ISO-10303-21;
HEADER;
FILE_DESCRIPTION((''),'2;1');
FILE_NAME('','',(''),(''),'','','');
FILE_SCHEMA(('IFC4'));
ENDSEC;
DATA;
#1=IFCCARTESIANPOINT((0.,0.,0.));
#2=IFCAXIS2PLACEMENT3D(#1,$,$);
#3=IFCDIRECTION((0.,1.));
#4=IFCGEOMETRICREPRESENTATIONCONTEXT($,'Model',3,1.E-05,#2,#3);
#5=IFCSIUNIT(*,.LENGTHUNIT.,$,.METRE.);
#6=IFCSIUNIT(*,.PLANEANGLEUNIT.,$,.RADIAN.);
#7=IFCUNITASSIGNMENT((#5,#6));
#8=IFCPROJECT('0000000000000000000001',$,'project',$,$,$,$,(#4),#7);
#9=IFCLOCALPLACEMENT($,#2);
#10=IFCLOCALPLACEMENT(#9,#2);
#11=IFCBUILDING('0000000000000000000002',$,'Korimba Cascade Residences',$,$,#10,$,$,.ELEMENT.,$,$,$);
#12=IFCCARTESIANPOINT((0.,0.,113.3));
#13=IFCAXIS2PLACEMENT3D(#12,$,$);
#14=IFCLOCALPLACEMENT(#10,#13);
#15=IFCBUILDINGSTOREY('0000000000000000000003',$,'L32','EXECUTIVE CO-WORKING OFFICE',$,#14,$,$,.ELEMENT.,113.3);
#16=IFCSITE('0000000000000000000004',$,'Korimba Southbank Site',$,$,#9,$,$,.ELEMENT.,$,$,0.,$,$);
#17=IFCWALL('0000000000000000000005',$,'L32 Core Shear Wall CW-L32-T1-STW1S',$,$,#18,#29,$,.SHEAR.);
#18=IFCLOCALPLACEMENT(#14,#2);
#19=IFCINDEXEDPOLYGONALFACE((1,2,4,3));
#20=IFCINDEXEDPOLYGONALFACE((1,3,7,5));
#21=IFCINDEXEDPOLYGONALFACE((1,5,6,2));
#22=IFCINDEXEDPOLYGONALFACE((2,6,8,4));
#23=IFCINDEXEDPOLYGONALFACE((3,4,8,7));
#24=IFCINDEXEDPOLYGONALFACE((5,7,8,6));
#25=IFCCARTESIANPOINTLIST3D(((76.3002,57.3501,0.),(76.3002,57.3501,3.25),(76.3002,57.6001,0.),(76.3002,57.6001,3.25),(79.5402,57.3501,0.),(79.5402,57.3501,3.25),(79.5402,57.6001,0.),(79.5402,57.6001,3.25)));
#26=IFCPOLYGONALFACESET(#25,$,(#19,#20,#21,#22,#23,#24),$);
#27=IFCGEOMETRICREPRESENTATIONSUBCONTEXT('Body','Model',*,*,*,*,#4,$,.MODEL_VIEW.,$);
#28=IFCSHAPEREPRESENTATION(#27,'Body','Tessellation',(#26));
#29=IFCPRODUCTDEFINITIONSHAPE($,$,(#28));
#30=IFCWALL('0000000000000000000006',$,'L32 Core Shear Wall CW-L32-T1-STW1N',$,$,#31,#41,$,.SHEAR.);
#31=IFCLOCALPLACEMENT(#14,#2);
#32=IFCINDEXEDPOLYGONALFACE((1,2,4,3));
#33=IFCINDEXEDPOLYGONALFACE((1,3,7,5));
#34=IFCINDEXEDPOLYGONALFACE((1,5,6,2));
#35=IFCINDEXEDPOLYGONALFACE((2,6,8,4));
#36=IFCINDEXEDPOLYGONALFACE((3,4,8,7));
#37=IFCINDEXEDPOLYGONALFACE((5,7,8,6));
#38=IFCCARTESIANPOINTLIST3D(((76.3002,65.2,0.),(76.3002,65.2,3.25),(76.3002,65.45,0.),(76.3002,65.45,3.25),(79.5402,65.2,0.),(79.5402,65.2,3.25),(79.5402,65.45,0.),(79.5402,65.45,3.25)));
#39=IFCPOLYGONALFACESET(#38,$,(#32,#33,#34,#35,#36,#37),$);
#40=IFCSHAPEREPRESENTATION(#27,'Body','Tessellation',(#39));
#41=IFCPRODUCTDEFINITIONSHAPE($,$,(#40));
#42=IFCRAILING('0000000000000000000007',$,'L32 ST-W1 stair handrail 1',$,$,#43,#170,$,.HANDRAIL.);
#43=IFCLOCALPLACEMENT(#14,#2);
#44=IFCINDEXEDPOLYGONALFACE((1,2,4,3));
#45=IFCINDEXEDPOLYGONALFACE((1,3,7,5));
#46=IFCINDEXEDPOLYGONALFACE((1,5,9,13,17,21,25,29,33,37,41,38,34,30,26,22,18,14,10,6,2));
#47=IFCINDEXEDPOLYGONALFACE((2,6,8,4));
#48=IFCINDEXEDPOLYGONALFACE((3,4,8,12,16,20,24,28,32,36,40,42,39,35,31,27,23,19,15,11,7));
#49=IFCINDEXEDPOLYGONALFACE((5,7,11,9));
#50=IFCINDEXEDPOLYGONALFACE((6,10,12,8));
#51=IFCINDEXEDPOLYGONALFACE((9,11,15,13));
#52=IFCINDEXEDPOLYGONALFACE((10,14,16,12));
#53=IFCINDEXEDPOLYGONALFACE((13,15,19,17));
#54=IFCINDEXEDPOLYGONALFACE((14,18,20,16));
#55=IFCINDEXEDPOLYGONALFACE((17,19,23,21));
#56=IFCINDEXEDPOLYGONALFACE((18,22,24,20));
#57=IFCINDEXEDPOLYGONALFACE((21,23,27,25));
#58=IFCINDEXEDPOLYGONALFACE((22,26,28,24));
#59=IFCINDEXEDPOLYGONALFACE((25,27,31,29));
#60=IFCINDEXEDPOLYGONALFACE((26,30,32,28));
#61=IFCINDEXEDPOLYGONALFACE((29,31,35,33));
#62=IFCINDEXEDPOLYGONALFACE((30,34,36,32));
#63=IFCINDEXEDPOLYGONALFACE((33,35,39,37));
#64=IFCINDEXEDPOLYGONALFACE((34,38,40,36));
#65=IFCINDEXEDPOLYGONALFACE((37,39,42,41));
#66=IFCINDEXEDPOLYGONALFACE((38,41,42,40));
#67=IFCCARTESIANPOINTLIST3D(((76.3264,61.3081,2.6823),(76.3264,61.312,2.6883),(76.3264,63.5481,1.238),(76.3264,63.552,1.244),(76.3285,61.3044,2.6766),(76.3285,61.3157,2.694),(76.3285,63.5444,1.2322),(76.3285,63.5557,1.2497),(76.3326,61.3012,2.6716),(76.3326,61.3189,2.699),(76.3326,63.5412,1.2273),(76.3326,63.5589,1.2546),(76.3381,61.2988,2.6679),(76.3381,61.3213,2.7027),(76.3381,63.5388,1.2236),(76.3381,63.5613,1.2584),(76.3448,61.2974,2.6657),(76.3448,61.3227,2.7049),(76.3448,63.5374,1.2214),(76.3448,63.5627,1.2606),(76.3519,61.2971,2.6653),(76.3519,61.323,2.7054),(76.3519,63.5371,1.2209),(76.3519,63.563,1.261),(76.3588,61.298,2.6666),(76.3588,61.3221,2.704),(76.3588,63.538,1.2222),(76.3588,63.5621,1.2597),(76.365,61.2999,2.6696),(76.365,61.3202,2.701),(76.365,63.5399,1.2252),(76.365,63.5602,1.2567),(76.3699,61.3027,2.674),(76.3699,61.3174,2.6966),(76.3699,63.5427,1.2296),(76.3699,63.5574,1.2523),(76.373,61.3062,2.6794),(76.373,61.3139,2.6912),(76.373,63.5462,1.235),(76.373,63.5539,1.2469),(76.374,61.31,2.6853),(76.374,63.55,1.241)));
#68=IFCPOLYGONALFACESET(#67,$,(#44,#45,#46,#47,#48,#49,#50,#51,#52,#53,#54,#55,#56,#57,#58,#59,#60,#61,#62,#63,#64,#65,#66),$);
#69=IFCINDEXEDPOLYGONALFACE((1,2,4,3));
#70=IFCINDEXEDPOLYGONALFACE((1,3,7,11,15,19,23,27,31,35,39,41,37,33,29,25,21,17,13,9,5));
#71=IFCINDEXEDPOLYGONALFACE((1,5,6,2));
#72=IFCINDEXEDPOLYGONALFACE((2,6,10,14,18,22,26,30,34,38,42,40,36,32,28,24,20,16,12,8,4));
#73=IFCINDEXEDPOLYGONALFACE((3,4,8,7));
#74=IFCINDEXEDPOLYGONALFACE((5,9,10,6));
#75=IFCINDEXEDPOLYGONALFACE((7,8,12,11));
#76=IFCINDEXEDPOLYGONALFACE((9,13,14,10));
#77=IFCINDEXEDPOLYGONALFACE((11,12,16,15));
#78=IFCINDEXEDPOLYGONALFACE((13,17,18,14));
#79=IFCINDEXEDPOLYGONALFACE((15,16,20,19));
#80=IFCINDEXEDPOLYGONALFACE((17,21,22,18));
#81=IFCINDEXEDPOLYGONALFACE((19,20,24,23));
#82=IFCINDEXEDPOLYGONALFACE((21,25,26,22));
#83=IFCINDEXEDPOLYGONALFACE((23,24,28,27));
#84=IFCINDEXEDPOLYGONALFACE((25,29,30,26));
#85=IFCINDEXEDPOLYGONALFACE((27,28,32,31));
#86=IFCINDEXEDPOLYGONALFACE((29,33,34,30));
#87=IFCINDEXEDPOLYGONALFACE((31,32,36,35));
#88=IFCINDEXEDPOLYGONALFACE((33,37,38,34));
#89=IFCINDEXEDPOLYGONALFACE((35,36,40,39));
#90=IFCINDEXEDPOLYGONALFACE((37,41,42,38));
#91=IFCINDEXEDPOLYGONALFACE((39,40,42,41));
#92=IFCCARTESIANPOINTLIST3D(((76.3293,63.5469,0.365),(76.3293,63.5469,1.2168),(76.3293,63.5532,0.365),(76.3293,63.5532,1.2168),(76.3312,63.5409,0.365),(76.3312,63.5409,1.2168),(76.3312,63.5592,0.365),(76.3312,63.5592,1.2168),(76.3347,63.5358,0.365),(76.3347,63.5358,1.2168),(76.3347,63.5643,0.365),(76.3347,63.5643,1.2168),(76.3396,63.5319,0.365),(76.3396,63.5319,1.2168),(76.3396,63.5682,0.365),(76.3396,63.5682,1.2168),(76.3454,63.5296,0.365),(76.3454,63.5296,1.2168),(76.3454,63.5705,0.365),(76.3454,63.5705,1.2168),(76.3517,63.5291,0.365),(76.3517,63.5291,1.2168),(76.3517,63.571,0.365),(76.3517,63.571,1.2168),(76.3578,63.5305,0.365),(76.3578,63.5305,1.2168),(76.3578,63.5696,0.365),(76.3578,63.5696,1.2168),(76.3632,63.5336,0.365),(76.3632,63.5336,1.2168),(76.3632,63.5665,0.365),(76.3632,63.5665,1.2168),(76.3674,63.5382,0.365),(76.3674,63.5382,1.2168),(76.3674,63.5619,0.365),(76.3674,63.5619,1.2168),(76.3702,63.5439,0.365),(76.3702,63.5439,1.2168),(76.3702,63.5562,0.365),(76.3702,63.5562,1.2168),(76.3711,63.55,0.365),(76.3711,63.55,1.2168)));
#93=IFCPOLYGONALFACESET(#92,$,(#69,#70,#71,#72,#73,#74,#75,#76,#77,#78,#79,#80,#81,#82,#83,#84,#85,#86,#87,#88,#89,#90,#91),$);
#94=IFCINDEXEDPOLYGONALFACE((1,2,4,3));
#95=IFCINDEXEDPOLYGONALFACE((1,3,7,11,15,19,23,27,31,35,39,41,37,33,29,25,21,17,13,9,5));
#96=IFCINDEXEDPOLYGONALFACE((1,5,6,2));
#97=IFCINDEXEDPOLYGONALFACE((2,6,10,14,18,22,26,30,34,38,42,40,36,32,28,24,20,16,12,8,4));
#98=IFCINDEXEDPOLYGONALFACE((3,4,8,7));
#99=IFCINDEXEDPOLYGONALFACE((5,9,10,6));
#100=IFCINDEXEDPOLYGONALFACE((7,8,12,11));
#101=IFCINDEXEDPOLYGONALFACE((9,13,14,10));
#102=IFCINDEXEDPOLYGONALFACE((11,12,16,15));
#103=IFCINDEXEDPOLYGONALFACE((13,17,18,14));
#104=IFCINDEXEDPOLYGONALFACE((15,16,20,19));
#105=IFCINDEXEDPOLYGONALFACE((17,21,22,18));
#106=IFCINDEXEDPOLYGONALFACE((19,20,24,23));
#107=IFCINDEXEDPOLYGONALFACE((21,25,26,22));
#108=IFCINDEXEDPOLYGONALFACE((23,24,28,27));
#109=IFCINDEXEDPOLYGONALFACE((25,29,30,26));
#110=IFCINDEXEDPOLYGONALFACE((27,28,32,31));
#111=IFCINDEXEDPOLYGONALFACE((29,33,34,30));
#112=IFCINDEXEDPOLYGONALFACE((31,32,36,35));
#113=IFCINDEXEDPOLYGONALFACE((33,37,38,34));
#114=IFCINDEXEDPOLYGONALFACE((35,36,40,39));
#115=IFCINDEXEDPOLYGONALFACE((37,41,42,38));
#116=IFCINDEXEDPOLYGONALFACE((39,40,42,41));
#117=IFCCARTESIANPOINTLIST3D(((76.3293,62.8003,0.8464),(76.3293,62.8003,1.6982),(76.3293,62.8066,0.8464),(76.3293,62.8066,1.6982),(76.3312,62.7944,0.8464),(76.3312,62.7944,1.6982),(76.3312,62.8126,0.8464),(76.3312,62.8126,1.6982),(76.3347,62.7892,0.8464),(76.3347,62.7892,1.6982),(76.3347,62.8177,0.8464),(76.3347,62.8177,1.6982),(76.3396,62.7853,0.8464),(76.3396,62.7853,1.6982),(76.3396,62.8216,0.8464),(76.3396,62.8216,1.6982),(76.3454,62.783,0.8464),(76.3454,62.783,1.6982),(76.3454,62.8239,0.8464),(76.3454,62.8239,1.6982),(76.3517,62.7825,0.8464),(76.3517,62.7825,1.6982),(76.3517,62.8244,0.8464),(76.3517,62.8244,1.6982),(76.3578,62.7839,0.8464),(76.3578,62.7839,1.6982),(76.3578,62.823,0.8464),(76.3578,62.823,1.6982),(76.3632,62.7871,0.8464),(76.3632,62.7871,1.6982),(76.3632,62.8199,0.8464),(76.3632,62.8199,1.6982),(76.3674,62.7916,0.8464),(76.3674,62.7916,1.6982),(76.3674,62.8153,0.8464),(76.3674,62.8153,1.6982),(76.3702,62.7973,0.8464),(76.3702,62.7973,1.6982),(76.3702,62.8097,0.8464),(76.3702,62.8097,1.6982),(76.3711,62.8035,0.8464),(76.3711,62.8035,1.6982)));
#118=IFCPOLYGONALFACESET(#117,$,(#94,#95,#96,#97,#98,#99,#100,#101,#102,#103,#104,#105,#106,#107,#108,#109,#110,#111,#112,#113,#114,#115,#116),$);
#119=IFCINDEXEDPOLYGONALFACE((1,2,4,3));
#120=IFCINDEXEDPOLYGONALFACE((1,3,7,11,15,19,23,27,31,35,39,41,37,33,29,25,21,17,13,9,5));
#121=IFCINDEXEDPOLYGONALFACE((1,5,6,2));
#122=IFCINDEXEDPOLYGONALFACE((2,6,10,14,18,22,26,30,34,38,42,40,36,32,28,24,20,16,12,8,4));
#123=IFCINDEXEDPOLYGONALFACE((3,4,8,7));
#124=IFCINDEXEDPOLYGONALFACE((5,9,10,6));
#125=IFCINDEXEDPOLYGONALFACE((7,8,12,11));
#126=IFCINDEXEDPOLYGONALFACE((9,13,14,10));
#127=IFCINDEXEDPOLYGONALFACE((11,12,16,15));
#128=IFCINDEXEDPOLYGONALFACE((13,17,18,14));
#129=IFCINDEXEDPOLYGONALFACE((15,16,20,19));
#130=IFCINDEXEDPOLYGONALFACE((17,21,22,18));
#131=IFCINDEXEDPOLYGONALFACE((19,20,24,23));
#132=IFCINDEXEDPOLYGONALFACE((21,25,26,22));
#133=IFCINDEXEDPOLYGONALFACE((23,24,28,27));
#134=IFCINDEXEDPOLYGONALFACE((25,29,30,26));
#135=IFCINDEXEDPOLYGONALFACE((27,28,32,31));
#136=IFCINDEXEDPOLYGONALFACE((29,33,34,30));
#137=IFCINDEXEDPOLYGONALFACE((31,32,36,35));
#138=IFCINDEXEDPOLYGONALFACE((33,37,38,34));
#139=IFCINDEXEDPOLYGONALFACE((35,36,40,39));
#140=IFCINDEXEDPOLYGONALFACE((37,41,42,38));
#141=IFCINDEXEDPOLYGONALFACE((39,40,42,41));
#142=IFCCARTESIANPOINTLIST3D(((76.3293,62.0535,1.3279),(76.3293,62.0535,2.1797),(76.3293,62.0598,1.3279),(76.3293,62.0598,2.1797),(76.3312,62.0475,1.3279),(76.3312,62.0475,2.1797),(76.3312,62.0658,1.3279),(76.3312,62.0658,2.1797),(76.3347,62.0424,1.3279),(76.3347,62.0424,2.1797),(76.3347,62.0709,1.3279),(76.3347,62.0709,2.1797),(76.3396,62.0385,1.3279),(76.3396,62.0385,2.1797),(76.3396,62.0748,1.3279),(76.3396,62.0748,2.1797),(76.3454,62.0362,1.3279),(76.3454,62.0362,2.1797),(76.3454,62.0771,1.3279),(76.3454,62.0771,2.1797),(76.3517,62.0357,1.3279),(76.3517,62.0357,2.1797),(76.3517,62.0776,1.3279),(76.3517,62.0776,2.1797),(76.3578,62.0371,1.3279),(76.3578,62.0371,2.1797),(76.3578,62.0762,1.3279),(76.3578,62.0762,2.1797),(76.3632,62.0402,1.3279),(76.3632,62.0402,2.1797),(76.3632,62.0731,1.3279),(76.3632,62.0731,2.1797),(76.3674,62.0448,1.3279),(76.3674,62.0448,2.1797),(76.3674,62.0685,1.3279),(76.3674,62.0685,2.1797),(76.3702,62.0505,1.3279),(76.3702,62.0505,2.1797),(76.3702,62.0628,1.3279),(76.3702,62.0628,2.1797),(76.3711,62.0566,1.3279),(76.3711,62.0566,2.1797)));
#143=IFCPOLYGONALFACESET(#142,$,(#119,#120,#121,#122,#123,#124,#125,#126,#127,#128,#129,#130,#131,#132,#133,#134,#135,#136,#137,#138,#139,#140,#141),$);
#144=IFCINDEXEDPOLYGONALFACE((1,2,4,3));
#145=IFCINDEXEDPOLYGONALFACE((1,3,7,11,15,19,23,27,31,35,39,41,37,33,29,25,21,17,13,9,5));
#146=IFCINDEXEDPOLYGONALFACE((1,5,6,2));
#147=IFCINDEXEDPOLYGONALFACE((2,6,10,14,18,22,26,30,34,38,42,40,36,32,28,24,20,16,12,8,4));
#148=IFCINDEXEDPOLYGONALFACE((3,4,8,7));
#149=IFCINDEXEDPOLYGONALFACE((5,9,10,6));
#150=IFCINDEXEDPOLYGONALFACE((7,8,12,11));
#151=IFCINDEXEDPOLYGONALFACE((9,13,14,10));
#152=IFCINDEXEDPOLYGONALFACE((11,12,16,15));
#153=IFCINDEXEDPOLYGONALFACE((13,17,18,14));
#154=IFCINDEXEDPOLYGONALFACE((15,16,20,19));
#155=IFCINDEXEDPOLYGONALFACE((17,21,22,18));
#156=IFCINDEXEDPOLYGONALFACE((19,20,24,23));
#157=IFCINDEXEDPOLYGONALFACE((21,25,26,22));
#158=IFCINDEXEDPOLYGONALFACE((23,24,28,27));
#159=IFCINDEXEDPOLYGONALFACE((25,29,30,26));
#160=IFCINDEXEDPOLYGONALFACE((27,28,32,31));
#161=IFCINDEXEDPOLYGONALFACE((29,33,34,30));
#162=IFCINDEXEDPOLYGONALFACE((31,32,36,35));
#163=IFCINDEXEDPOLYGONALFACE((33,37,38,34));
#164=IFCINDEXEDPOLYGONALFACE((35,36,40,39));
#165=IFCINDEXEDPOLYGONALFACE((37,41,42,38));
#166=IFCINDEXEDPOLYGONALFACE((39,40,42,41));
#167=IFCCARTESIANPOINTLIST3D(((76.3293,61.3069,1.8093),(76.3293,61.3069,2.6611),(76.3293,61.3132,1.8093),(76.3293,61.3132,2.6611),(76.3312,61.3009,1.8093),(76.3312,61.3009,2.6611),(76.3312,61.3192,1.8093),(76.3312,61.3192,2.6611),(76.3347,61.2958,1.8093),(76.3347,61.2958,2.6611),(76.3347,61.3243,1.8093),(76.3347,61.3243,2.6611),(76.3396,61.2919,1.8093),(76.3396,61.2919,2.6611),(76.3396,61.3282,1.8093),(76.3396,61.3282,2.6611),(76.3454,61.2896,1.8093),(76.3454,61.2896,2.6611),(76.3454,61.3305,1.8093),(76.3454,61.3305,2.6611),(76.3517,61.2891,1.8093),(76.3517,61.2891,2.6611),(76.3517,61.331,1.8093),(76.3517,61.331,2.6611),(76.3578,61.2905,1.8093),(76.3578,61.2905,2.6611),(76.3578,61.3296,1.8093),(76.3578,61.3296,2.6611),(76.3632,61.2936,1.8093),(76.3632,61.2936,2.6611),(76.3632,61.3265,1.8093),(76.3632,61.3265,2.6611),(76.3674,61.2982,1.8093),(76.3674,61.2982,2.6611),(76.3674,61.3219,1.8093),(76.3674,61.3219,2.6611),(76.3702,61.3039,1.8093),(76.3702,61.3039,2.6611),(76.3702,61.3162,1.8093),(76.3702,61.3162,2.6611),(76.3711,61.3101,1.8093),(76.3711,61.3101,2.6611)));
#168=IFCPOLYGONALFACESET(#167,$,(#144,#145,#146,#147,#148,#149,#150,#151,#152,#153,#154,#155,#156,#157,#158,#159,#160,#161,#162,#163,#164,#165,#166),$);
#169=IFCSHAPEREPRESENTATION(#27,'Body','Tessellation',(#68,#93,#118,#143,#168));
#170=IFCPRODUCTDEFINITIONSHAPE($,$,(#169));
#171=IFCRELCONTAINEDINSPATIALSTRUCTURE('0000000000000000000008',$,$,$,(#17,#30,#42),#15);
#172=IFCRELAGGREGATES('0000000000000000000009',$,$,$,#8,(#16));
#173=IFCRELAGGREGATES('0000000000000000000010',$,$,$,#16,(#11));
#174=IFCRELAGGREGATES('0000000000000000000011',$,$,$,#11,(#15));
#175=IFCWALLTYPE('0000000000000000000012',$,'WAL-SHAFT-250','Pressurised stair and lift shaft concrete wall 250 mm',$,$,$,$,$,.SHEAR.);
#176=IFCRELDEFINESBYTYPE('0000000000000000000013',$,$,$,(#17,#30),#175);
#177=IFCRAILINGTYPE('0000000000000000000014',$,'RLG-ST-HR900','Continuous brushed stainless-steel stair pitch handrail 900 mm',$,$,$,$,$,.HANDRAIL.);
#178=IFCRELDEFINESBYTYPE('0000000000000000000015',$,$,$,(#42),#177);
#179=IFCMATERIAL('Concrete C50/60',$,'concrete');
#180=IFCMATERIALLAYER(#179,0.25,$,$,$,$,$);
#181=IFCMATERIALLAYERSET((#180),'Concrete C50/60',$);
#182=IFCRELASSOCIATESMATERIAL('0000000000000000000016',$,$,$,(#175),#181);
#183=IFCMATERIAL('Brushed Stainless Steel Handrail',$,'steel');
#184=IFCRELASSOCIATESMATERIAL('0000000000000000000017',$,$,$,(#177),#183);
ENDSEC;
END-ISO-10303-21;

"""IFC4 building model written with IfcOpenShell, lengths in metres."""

from ifc_helpers import new_model, si_unit, direction, frame, frame_2d, origin, origin_2d, place, context, subcontext, project, spatial, rectangle, circle, extrude, material, layer, layer_set, type_object, element, save


model = new_model("IFC4")

# Units and contexts
model_context = context("Model", 3, precision=1e-05, world=origin(), true_north=direction((0.0, 1.0)))
body_context = subcontext(model_context, "Body", "Model", "MODEL_VIEW")
ifc_project = project(units=[si_unit("LENGTHUNIT", "METRE"), si_unit("PLANEANGLEUNIT", "RADIAN")], contexts=[model_context])

# Site, building, storey
site_placement = place(None, origin())
site = spatial("IfcSite", under=ifc_project, at=site_placement, Name="Korimba Southbank Site", CompositionType="ELEMENT", RefElevation=0.0)
building_placement = place(site_placement, origin())
building = spatial("IfcBuilding", under=site, at=building_placement, Name="Korimba Cascade Residences", CompositionType="ELEMENT")
storey_placement = place(building_placement, frame((0.0, 0.0, 113.3)))
storey = spatial("IfcBuildingStorey", under=building, at=storey_placement, Name="L32", Description="EXECUTIVE CO-WORKING OFFICE", CompositionType="ELEMENT", Elevation=113.3)

# Walls
ifc_material_1 = material(Name="Concrete C50/60", Category="concrete")
ifc_layer_1 = layer(ifc_material_1, 0.25)
ifc_layer_set_1 = layer_set([ifc_layer_1], Name="Concrete C50/60")
wall_type_1 = type_object("IfcWallType", Name="WAL-SHAFT-250", Description="Pressurised stair and lift shaft concrete wall 250 mm", PredefinedType="SHEAR", material=ifc_layer_set_1)
for number, where, z_axis, x_axis, name in (
    (1, (76.3, 57.4751, 0.0), (0.0, 0.0, 1.0), (1.0, 0.0, 0.0), "L32 Core Shear Wall CW-L32-T1-STW1S"),
    (2, (76.3, 65.325, 0.0), (0.0, 0.0, 1.0), (1.0, 0.0, 0.0), "L32 Core Shear Wall CW-L32-T1-STW1N"),
):
    element("IfcWall", number, at=place(storey_placement, frame(where, z_axis=z_axis, x_axis=x_axis)), inside=storey, type_object=wall_type_1, Name=name, PredefinedType="SHEAR", context=body_context, shape_type="SweptSolid", body=[
        extrude(rectangle(XDim=3.24, YDim=0.25, at=frame_2d((1.6201, 0.0))), origin(), (0.0, 0.0, 1.0), 3.25),
    ])

# Railing
ifc_material_2 = material(Name="Brushed Stainless Steel Handrail", Category="steel")
railing_type = type_object("IfcRailingType", Name="RLG-ST-HR900", Description="Continuous brushed stainless-steel stair pitch handrail 900 mm", PredefinedType="HANDRAIL", material=ifc_material_2)
railing_placement = place(storey_placement, frame((76.3501, 63.55, 0.365)))
element("IfcRailing", 3, at=railing_placement, inside=storey, type_object=railing_type, Name="L32 ST-W1 stair handrail 1", PredefinedType="HANDRAIL", context=body_context, shape_type="SweptSolid", body=[
    extrude(circle(Radius=0.0239, at=origin_2d()), frame((0.0, 0.0, 0.876), z_axis=(0.0, -0.840437, 0.54191), x_axis=(1.0, 0.0, 0.0)), (0.0, 0.0, 1.0), 2.6653),
    extrude(circle(Radius=0.021, at=origin_2d()), origin(), (0.0, 0.0, 1.0), 0.8518),
    extrude(circle(Radius=0.021, at=origin_2d()), frame((0.0, -0.7466, 0.4814)), (0.0, 0.0, 1.0), 0.8518),
    extrude(circle(Radius=0.021, at=origin_2d()), frame((0.0, -1.4934, 0.9629)), (0.0, 0.0, 1.0), 0.8518),
    extrude(circle(Radius=0.021, at=origin_2d()), frame((0.0, -2.24, 1.4443)), (0.0, 0.0, 1.0), 0.8518),
])

save(model, "model.ifc")
